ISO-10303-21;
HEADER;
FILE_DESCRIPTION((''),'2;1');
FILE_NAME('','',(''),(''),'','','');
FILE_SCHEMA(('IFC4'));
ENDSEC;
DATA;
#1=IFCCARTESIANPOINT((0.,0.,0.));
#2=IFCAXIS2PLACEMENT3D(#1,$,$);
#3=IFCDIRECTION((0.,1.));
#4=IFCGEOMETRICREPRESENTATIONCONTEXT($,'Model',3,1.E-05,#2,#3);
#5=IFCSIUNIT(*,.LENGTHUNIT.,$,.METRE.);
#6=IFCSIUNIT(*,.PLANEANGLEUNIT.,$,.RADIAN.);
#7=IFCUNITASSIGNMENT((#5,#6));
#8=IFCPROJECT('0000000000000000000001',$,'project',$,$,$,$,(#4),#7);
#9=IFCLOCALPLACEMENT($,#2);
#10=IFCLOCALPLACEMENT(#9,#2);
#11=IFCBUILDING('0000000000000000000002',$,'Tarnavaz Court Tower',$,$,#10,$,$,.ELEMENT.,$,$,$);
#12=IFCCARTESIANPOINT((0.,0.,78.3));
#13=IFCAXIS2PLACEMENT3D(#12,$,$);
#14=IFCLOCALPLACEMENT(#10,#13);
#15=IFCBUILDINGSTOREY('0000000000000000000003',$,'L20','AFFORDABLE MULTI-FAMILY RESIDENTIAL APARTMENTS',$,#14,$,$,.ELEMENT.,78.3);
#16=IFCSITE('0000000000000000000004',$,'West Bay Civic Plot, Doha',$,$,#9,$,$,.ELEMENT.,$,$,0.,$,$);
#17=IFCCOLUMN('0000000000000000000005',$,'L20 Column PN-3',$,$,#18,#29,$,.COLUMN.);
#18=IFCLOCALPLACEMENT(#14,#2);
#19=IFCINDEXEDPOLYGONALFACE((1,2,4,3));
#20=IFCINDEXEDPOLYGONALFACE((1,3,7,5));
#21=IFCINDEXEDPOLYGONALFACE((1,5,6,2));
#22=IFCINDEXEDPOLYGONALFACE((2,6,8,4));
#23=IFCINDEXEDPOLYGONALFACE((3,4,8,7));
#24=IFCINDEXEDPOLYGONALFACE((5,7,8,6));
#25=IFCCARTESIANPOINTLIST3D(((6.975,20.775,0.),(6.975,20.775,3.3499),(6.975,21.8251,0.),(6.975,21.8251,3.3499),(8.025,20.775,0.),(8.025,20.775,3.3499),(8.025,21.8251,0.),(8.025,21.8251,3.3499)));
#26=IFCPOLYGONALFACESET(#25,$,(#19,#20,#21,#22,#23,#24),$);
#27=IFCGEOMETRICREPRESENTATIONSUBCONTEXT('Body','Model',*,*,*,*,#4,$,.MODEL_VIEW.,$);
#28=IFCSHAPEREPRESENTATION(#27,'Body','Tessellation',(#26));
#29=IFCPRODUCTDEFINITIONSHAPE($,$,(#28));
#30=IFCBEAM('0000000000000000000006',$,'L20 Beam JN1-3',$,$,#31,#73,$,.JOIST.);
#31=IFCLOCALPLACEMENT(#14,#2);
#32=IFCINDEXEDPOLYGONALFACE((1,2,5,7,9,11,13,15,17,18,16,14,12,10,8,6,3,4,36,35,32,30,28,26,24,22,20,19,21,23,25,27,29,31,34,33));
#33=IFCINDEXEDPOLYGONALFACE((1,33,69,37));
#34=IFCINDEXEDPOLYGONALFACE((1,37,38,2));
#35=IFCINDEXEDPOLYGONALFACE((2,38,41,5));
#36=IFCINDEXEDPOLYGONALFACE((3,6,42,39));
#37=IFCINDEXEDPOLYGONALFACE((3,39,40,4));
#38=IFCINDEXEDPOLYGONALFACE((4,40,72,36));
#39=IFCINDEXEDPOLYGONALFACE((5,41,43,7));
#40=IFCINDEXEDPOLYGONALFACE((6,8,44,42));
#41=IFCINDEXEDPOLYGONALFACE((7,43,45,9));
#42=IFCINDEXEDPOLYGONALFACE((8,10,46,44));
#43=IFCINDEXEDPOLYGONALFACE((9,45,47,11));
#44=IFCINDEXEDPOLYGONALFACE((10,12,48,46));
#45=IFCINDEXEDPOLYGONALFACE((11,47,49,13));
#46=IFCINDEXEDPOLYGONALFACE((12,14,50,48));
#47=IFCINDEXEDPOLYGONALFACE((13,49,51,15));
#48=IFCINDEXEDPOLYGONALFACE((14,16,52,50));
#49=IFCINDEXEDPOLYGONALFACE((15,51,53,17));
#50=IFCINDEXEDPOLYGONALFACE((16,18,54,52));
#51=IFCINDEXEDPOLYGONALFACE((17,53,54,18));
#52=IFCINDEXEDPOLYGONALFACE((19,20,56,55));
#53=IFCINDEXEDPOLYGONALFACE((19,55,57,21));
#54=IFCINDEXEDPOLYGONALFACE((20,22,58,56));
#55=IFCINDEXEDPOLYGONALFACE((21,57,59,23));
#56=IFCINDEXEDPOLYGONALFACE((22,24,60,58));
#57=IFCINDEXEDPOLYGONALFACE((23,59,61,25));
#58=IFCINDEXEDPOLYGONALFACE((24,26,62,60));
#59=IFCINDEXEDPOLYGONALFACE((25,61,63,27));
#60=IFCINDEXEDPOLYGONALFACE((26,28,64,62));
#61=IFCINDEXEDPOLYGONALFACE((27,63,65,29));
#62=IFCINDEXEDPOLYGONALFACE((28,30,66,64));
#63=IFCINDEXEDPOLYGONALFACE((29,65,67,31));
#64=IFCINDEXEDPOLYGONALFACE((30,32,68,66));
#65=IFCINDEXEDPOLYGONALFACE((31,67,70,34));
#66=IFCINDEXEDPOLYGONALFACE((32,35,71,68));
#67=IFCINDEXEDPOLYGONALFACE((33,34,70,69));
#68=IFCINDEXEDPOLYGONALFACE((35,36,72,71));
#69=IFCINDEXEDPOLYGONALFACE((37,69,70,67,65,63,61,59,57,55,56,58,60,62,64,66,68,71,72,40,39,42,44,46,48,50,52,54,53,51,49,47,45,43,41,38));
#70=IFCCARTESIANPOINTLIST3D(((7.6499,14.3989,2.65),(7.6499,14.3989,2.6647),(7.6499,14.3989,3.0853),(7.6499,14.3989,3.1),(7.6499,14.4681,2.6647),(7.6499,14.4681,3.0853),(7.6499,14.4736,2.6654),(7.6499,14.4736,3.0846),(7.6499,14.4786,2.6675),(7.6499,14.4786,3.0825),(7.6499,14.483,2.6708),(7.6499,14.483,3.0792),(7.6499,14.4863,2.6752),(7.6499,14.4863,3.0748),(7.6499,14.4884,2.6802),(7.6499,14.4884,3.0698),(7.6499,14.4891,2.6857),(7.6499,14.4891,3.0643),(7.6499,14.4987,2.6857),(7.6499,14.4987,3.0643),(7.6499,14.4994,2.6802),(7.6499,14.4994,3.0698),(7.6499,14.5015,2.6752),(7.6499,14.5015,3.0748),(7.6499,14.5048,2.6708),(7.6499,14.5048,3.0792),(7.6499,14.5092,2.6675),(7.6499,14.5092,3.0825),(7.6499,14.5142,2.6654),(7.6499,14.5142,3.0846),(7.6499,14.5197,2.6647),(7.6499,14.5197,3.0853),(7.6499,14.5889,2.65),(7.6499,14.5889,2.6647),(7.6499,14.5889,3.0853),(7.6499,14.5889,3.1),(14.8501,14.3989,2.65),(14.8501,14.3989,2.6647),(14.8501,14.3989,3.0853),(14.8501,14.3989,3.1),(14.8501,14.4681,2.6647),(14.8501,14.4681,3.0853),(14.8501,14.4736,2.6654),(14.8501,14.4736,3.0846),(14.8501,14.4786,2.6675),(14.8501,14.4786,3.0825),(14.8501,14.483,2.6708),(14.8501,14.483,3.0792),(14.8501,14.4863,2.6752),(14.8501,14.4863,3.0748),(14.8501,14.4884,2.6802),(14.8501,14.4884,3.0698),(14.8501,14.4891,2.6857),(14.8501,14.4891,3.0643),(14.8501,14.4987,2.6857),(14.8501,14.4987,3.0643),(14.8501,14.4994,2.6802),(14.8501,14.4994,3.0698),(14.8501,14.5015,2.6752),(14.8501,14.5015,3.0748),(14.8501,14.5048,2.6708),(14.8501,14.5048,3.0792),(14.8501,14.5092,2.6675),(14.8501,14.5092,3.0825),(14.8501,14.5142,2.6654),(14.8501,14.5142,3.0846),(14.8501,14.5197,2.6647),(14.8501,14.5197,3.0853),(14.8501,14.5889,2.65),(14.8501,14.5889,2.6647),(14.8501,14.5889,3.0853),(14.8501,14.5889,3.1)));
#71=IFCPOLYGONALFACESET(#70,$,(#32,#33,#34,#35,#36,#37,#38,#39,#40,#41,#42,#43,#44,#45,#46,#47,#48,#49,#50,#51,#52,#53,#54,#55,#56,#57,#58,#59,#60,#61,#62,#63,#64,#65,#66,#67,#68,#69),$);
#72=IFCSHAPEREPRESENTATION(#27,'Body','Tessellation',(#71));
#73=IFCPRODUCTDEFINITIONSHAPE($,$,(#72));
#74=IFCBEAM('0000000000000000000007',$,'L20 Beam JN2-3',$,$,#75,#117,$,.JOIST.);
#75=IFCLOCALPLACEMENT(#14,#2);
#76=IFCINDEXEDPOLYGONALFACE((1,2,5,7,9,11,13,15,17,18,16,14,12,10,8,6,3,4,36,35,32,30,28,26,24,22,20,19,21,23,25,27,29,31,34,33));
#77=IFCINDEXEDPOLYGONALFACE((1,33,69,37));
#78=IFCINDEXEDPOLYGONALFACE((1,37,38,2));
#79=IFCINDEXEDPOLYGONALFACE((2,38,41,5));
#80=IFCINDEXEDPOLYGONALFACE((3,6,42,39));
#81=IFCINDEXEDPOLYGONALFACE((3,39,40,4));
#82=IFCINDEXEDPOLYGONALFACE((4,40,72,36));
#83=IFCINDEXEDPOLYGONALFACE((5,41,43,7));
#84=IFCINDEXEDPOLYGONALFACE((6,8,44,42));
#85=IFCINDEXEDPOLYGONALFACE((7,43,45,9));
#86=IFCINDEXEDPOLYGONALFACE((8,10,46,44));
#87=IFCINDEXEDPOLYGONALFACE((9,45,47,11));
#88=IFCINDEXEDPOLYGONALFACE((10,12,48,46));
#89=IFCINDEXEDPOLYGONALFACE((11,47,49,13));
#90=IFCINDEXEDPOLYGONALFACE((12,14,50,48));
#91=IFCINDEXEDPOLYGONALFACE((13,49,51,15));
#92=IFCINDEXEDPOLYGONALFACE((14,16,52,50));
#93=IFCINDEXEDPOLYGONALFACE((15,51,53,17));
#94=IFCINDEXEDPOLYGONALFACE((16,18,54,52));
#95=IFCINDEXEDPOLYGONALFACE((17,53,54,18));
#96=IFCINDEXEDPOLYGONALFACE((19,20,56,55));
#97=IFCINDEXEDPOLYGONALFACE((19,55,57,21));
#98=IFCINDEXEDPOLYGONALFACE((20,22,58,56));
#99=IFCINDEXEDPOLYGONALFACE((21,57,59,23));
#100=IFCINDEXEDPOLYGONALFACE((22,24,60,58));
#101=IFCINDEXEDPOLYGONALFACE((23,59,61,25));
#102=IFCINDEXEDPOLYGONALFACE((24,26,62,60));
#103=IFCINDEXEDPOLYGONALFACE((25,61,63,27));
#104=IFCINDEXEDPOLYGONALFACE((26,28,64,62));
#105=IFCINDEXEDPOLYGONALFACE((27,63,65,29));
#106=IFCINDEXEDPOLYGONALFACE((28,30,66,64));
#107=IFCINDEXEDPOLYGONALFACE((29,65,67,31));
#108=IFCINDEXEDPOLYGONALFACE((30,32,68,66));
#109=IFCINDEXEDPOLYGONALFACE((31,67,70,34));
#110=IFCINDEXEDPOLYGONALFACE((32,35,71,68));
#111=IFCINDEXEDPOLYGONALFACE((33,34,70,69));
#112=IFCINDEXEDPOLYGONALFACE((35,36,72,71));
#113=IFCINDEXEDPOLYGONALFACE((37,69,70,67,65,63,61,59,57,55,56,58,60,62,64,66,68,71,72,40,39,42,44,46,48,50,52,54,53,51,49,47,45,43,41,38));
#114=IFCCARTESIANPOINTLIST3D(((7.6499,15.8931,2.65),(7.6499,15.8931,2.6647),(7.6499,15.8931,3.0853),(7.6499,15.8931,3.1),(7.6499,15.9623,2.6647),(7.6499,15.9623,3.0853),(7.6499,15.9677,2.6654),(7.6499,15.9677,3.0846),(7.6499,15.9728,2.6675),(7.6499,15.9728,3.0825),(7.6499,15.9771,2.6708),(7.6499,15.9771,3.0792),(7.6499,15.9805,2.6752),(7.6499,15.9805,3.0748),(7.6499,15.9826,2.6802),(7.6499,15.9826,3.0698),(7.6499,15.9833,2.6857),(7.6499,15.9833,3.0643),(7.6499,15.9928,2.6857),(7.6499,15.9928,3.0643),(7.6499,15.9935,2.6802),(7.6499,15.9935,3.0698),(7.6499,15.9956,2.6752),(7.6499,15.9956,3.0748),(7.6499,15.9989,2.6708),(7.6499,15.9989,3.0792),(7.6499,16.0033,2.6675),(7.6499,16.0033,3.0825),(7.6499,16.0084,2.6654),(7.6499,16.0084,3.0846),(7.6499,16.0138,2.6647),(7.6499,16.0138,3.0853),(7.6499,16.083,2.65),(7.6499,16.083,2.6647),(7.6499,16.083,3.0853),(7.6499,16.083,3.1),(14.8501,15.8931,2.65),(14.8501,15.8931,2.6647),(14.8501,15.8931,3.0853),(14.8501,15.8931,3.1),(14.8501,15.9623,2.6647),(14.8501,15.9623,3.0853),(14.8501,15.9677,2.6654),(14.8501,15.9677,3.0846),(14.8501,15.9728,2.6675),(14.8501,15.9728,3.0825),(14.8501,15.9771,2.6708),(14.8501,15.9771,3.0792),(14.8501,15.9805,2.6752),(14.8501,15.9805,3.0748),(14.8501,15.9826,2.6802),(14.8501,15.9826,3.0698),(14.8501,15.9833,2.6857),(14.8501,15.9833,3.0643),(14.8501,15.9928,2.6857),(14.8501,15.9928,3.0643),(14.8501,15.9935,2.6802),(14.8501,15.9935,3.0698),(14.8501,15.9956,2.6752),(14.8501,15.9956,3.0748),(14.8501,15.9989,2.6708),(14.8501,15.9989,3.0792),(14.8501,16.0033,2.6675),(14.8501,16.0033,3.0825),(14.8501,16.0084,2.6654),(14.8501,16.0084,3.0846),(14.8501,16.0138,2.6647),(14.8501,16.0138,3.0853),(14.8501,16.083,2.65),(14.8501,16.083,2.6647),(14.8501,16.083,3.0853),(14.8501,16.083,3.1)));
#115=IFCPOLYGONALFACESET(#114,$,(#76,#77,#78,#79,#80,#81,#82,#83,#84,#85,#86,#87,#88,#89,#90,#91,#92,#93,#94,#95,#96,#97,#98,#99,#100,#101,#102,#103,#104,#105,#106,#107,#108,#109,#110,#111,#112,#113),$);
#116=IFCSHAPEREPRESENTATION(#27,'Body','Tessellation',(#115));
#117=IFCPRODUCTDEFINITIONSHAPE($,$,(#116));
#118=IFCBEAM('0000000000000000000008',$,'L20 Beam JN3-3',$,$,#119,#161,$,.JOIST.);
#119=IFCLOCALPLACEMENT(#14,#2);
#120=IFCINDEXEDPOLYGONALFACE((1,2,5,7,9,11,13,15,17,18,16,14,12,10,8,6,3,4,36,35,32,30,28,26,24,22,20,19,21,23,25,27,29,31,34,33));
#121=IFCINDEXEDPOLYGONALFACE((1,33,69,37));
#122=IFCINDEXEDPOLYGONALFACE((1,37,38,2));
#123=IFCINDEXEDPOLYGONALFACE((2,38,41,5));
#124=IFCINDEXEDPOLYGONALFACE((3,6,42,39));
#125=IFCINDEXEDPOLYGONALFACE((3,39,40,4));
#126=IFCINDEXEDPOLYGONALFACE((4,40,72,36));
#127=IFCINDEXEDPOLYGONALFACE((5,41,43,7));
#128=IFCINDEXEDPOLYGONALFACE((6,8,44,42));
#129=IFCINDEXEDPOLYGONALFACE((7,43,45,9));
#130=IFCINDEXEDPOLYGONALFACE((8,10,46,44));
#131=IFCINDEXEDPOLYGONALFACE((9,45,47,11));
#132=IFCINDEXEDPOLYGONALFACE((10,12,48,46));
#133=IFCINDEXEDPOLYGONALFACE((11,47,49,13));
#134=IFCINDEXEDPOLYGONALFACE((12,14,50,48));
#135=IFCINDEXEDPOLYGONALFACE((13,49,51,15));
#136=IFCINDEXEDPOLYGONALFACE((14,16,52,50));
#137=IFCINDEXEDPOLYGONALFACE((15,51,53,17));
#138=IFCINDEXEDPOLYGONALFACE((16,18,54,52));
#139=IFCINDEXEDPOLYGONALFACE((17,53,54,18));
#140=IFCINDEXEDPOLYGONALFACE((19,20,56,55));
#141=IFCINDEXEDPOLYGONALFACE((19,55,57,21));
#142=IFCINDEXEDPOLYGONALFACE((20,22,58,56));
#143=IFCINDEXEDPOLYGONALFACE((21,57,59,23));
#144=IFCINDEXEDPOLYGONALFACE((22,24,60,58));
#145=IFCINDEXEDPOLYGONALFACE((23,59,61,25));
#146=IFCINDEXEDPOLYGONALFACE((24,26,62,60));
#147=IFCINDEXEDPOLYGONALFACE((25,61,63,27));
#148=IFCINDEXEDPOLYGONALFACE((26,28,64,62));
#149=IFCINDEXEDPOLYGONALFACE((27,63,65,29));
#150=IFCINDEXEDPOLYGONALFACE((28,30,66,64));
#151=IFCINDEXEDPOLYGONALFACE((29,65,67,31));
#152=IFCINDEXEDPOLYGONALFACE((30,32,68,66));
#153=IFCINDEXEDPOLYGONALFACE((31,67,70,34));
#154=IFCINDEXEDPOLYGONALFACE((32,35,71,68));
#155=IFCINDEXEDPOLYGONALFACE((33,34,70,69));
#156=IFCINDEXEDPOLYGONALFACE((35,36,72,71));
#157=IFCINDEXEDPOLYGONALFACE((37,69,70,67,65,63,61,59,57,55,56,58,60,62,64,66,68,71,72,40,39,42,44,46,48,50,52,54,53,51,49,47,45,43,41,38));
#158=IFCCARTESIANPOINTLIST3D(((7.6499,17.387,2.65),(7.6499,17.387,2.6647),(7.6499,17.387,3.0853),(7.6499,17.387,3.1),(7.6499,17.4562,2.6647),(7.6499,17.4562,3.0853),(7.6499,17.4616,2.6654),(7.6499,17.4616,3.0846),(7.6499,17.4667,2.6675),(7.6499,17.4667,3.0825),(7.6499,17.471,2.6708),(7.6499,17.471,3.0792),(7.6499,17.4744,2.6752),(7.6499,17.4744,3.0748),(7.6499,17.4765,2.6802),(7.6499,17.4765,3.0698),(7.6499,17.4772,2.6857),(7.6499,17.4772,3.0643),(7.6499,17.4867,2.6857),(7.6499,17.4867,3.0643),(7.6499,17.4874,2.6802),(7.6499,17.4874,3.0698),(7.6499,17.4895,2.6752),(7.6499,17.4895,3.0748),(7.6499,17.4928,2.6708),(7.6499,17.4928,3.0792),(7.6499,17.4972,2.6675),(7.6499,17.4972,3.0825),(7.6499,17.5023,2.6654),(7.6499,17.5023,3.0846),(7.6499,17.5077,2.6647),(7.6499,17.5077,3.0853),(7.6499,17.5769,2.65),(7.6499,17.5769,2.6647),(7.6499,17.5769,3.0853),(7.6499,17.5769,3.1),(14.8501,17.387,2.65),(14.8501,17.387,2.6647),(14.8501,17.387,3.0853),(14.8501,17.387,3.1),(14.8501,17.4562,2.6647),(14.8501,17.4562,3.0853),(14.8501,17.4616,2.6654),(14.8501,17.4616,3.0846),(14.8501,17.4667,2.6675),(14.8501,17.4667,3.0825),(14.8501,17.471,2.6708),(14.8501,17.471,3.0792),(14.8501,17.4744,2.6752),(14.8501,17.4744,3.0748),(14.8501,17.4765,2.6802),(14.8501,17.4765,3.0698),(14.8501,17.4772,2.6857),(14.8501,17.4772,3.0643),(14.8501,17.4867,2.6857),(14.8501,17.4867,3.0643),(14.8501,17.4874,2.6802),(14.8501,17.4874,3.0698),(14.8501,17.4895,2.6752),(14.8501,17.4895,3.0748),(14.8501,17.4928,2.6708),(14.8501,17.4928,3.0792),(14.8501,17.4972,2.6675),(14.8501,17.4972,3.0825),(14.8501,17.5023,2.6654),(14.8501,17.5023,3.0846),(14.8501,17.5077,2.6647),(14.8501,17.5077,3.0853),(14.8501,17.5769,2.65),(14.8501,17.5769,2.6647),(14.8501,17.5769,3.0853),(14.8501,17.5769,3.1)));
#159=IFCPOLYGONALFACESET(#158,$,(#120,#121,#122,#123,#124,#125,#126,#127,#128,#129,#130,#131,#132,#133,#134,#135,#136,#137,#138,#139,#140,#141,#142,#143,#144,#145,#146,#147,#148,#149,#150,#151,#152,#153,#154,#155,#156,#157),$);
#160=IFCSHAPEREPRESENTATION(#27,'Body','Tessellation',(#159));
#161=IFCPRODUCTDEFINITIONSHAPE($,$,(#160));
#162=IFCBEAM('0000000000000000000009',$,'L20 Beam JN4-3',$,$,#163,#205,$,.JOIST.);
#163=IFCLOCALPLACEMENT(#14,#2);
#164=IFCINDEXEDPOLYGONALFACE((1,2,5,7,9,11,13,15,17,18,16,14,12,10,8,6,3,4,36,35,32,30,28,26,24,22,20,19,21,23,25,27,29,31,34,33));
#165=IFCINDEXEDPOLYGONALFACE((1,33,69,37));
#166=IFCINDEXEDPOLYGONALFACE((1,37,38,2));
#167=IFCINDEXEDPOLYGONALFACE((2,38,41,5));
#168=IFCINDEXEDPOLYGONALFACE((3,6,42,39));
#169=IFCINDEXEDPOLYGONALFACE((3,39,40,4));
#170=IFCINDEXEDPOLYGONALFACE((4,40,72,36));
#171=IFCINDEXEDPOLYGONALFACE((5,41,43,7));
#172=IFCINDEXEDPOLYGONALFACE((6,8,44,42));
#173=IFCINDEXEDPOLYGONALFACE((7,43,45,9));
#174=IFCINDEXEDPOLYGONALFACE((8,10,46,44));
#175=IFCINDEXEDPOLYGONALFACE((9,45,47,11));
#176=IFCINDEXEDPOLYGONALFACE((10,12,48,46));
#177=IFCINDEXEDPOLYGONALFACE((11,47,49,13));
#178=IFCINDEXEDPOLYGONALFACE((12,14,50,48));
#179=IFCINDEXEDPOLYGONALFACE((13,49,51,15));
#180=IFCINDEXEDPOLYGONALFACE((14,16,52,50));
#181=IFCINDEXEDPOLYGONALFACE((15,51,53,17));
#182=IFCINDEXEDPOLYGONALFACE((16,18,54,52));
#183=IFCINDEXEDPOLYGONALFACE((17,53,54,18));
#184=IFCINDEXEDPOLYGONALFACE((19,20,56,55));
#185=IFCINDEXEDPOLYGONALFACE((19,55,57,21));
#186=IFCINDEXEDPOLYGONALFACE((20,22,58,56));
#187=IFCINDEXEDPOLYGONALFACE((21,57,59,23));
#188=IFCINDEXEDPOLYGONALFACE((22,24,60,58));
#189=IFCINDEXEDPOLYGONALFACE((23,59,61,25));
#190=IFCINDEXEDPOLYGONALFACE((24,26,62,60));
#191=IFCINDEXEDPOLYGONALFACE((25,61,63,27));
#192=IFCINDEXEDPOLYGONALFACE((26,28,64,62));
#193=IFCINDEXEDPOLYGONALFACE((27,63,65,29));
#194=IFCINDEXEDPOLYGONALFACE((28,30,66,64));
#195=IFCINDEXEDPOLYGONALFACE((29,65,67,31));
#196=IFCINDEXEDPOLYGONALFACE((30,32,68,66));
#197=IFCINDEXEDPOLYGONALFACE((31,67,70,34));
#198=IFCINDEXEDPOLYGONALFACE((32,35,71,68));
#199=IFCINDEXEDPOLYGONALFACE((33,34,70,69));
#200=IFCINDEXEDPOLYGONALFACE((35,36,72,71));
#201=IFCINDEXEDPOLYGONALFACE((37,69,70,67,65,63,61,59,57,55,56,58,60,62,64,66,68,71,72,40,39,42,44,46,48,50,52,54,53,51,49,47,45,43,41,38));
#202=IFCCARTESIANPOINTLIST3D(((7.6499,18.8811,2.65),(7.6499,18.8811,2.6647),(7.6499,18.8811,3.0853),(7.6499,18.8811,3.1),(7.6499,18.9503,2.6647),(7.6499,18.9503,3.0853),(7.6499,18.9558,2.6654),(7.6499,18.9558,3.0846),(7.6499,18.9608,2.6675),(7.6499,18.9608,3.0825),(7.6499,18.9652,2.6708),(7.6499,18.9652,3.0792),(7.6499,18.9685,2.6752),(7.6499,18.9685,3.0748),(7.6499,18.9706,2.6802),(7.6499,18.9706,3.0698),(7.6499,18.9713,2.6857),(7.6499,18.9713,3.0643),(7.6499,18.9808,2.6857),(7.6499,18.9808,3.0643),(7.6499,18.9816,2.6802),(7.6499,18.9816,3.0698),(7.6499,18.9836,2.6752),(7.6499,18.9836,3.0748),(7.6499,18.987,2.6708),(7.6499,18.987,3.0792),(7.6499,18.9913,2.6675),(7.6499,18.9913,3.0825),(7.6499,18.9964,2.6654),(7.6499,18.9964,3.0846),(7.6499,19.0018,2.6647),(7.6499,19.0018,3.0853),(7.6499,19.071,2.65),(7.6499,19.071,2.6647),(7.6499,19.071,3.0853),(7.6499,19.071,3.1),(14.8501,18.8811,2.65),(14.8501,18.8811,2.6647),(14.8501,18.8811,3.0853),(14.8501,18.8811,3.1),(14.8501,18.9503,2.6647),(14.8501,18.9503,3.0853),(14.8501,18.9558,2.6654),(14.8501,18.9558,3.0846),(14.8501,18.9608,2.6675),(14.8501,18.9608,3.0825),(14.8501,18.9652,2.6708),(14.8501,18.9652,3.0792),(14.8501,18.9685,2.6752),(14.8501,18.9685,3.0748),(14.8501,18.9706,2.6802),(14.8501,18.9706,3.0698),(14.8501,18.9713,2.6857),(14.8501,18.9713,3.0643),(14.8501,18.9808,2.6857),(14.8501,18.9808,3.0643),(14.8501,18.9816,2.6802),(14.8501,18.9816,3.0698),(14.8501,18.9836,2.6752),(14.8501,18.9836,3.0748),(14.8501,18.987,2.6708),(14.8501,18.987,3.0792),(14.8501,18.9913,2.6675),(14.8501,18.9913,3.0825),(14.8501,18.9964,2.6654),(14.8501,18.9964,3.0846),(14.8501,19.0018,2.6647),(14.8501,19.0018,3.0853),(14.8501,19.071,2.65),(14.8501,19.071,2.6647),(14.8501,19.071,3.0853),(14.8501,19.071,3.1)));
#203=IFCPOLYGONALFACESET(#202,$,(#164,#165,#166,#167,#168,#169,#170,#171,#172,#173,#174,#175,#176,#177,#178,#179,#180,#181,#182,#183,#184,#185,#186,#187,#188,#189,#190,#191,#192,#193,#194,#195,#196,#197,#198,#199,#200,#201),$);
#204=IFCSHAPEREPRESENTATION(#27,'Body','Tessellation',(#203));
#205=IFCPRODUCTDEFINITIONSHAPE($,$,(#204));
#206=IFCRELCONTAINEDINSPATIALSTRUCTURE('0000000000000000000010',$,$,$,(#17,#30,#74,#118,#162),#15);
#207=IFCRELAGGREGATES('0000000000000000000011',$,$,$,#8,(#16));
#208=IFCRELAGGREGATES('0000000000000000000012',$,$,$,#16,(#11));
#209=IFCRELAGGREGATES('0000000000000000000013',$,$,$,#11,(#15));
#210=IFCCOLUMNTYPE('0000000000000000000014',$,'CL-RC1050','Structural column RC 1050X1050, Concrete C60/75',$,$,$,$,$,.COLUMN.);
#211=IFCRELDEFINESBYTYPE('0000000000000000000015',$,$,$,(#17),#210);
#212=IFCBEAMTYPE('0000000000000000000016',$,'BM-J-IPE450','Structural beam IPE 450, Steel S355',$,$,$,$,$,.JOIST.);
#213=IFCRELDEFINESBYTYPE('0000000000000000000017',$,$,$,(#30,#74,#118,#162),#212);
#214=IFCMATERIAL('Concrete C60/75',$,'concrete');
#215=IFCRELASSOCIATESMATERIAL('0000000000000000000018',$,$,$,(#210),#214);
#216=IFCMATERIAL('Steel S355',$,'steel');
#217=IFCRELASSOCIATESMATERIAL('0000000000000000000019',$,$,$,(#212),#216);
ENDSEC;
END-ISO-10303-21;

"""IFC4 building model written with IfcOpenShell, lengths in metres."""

from ifc_helpers import new_model, si_unit, direction, frame, origin, origin_2d, place, context, subcontext, project, spatial, rectangle, i_section, extrude, material, material_profile, profile_set, type_object, element, save


model = new_model("IFC4")

# Units and contexts
model_context = context("Model", 3, precision=1e-05, world=origin(), true_north=direction((0.0, 1.0)))
body_context = subcontext(model_context, "Body", "Model", "MODEL_VIEW")
ifc_project = project(units=[si_unit("LENGTHUNIT", "METRE"), si_unit("PLANEANGLEUNIT", "RADIAN")], contexts=[model_context])

# Site, building, storey
site_placement = place(None, origin())
site = spatial("IfcSite", under=ifc_project, at=site_placement, Name="West Bay Civic Plot, Doha", CompositionType="ELEMENT", RefElevation=0.0)
building_placement = place(site_placement, origin())
building = spatial("IfcBuilding", under=site, at=building_placement, Name="Tarnavaz Court Tower", CompositionType="ELEMENT")
storey_placement = place(building_placement, frame((0.0, 0.0, 78.3)))
storey = spatial("IfcBuildingStorey", under=building, at=storey_placement, Name="L20", Description="AFFORDABLE MULTI-FAMILY RESIDENTIAL APARTMENTS", CompositionType="ELEMENT", Elevation=78.3)

# Column
ifc_material_1 = material(Name="Concrete C60/75", Category="concrete")
ifc_material_profile_1 = material_profile(ifc_material_1, rectangle(XDim=1.05, YDim=1.05, at=origin_2d()), Name="RC 1050X1050")
ifc_profile_set_1 = profile_set([ifc_material_profile_1], Name="Concrete C60/75")
column_type = type_object("IfcColumnType", Name="CL-RC1050", Description="Structural column RC 1050X1050, Concrete C60/75", PredefinedType="COLUMN", material=ifc_profile_set_1)
column_placement = place(storey_placement, frame((7.5, 21.3, 0.0), z_axis=(0.0, 0.0, 1.0), x_axis=(1.0, 0.0, 0.0)))
element("IfcColumn", 1, at=column_placement, inside=storey, type_object=column_type, Name="L20 Column PN-3", PredefinedType="COLUMN", context=body_context, shape_type="SweptSolid", body=[
    extrude(rectangle(XDim=1.05, YDim=1.05, at=origin_2d()), origin(), (0.0, 0.0, 1.0), 3.3499),
])

# Beams
ifc_material_2 = material(Name="Steel S355", Category="steel")
ifc_material_profile_2 = material_profile(ifc_material_2, i_section(OverallWidth=0.1899, OverallDepth=0.45, WebThickness=0.0095, FlangeThickness=0.0146, FilletRadius=0.021, at=origin_2d()), Name="IPE 450")
ifc_profile_set_2 = profile_set([ifc_material_profile_2], Name="Steel S355")
beam_type_1 = type_object("IfcBeamType", Name="BM-J-IPE450", Description="Structural beam IPE 450, Steel S355", PredefinedType="JOIST", material=ifc_profile_set_2)
for number, where, z_axis, x_axis, name in (
    (2, (7.6499, 14.4939, 2.875), (1.0, 0.0, 0.0), (0.0, 1.0, 0.0), "L20 Beam JN1-3"),
    (3, (7.6499, 15.988, 2.875), (1.0, 0.0, 0.0), (0.0, 1.0, 0.0), "L20 Beam JN2-3"),
    (4, (7.6499, 17.4819, 2.875), (1.0, 0.0, 0.0), (0.0, 1.0, 0.0), "L20 Beam JN3-3"),
    (5, (7.6499, 18.9761, 2.875), (1.0, 0.0, 0.0), (0.0, 1.0, 0.0), "L20 Beam JN4-3"),
):
    element("IfcBeam", number, at=place(storey_placement, frame(where, z_axis=z_axis, x_axis=x_axis)), inside=storey, type_object=beam_type_1, Name=name, PredefinedType="JOIST", context=body_context, shape_type="SweptSolid", body=[
        extrude(i_section(OverallWidth=0.1899, OverallDepth=0.45, WebThickness=0.0095, FlangeThickness=0.0146, FilletRadius=0.021, at=origin_2d()), origin(), (0.0, 0.0, 1.0), 7.2002),
    ])

save(model, "model.ifc")
